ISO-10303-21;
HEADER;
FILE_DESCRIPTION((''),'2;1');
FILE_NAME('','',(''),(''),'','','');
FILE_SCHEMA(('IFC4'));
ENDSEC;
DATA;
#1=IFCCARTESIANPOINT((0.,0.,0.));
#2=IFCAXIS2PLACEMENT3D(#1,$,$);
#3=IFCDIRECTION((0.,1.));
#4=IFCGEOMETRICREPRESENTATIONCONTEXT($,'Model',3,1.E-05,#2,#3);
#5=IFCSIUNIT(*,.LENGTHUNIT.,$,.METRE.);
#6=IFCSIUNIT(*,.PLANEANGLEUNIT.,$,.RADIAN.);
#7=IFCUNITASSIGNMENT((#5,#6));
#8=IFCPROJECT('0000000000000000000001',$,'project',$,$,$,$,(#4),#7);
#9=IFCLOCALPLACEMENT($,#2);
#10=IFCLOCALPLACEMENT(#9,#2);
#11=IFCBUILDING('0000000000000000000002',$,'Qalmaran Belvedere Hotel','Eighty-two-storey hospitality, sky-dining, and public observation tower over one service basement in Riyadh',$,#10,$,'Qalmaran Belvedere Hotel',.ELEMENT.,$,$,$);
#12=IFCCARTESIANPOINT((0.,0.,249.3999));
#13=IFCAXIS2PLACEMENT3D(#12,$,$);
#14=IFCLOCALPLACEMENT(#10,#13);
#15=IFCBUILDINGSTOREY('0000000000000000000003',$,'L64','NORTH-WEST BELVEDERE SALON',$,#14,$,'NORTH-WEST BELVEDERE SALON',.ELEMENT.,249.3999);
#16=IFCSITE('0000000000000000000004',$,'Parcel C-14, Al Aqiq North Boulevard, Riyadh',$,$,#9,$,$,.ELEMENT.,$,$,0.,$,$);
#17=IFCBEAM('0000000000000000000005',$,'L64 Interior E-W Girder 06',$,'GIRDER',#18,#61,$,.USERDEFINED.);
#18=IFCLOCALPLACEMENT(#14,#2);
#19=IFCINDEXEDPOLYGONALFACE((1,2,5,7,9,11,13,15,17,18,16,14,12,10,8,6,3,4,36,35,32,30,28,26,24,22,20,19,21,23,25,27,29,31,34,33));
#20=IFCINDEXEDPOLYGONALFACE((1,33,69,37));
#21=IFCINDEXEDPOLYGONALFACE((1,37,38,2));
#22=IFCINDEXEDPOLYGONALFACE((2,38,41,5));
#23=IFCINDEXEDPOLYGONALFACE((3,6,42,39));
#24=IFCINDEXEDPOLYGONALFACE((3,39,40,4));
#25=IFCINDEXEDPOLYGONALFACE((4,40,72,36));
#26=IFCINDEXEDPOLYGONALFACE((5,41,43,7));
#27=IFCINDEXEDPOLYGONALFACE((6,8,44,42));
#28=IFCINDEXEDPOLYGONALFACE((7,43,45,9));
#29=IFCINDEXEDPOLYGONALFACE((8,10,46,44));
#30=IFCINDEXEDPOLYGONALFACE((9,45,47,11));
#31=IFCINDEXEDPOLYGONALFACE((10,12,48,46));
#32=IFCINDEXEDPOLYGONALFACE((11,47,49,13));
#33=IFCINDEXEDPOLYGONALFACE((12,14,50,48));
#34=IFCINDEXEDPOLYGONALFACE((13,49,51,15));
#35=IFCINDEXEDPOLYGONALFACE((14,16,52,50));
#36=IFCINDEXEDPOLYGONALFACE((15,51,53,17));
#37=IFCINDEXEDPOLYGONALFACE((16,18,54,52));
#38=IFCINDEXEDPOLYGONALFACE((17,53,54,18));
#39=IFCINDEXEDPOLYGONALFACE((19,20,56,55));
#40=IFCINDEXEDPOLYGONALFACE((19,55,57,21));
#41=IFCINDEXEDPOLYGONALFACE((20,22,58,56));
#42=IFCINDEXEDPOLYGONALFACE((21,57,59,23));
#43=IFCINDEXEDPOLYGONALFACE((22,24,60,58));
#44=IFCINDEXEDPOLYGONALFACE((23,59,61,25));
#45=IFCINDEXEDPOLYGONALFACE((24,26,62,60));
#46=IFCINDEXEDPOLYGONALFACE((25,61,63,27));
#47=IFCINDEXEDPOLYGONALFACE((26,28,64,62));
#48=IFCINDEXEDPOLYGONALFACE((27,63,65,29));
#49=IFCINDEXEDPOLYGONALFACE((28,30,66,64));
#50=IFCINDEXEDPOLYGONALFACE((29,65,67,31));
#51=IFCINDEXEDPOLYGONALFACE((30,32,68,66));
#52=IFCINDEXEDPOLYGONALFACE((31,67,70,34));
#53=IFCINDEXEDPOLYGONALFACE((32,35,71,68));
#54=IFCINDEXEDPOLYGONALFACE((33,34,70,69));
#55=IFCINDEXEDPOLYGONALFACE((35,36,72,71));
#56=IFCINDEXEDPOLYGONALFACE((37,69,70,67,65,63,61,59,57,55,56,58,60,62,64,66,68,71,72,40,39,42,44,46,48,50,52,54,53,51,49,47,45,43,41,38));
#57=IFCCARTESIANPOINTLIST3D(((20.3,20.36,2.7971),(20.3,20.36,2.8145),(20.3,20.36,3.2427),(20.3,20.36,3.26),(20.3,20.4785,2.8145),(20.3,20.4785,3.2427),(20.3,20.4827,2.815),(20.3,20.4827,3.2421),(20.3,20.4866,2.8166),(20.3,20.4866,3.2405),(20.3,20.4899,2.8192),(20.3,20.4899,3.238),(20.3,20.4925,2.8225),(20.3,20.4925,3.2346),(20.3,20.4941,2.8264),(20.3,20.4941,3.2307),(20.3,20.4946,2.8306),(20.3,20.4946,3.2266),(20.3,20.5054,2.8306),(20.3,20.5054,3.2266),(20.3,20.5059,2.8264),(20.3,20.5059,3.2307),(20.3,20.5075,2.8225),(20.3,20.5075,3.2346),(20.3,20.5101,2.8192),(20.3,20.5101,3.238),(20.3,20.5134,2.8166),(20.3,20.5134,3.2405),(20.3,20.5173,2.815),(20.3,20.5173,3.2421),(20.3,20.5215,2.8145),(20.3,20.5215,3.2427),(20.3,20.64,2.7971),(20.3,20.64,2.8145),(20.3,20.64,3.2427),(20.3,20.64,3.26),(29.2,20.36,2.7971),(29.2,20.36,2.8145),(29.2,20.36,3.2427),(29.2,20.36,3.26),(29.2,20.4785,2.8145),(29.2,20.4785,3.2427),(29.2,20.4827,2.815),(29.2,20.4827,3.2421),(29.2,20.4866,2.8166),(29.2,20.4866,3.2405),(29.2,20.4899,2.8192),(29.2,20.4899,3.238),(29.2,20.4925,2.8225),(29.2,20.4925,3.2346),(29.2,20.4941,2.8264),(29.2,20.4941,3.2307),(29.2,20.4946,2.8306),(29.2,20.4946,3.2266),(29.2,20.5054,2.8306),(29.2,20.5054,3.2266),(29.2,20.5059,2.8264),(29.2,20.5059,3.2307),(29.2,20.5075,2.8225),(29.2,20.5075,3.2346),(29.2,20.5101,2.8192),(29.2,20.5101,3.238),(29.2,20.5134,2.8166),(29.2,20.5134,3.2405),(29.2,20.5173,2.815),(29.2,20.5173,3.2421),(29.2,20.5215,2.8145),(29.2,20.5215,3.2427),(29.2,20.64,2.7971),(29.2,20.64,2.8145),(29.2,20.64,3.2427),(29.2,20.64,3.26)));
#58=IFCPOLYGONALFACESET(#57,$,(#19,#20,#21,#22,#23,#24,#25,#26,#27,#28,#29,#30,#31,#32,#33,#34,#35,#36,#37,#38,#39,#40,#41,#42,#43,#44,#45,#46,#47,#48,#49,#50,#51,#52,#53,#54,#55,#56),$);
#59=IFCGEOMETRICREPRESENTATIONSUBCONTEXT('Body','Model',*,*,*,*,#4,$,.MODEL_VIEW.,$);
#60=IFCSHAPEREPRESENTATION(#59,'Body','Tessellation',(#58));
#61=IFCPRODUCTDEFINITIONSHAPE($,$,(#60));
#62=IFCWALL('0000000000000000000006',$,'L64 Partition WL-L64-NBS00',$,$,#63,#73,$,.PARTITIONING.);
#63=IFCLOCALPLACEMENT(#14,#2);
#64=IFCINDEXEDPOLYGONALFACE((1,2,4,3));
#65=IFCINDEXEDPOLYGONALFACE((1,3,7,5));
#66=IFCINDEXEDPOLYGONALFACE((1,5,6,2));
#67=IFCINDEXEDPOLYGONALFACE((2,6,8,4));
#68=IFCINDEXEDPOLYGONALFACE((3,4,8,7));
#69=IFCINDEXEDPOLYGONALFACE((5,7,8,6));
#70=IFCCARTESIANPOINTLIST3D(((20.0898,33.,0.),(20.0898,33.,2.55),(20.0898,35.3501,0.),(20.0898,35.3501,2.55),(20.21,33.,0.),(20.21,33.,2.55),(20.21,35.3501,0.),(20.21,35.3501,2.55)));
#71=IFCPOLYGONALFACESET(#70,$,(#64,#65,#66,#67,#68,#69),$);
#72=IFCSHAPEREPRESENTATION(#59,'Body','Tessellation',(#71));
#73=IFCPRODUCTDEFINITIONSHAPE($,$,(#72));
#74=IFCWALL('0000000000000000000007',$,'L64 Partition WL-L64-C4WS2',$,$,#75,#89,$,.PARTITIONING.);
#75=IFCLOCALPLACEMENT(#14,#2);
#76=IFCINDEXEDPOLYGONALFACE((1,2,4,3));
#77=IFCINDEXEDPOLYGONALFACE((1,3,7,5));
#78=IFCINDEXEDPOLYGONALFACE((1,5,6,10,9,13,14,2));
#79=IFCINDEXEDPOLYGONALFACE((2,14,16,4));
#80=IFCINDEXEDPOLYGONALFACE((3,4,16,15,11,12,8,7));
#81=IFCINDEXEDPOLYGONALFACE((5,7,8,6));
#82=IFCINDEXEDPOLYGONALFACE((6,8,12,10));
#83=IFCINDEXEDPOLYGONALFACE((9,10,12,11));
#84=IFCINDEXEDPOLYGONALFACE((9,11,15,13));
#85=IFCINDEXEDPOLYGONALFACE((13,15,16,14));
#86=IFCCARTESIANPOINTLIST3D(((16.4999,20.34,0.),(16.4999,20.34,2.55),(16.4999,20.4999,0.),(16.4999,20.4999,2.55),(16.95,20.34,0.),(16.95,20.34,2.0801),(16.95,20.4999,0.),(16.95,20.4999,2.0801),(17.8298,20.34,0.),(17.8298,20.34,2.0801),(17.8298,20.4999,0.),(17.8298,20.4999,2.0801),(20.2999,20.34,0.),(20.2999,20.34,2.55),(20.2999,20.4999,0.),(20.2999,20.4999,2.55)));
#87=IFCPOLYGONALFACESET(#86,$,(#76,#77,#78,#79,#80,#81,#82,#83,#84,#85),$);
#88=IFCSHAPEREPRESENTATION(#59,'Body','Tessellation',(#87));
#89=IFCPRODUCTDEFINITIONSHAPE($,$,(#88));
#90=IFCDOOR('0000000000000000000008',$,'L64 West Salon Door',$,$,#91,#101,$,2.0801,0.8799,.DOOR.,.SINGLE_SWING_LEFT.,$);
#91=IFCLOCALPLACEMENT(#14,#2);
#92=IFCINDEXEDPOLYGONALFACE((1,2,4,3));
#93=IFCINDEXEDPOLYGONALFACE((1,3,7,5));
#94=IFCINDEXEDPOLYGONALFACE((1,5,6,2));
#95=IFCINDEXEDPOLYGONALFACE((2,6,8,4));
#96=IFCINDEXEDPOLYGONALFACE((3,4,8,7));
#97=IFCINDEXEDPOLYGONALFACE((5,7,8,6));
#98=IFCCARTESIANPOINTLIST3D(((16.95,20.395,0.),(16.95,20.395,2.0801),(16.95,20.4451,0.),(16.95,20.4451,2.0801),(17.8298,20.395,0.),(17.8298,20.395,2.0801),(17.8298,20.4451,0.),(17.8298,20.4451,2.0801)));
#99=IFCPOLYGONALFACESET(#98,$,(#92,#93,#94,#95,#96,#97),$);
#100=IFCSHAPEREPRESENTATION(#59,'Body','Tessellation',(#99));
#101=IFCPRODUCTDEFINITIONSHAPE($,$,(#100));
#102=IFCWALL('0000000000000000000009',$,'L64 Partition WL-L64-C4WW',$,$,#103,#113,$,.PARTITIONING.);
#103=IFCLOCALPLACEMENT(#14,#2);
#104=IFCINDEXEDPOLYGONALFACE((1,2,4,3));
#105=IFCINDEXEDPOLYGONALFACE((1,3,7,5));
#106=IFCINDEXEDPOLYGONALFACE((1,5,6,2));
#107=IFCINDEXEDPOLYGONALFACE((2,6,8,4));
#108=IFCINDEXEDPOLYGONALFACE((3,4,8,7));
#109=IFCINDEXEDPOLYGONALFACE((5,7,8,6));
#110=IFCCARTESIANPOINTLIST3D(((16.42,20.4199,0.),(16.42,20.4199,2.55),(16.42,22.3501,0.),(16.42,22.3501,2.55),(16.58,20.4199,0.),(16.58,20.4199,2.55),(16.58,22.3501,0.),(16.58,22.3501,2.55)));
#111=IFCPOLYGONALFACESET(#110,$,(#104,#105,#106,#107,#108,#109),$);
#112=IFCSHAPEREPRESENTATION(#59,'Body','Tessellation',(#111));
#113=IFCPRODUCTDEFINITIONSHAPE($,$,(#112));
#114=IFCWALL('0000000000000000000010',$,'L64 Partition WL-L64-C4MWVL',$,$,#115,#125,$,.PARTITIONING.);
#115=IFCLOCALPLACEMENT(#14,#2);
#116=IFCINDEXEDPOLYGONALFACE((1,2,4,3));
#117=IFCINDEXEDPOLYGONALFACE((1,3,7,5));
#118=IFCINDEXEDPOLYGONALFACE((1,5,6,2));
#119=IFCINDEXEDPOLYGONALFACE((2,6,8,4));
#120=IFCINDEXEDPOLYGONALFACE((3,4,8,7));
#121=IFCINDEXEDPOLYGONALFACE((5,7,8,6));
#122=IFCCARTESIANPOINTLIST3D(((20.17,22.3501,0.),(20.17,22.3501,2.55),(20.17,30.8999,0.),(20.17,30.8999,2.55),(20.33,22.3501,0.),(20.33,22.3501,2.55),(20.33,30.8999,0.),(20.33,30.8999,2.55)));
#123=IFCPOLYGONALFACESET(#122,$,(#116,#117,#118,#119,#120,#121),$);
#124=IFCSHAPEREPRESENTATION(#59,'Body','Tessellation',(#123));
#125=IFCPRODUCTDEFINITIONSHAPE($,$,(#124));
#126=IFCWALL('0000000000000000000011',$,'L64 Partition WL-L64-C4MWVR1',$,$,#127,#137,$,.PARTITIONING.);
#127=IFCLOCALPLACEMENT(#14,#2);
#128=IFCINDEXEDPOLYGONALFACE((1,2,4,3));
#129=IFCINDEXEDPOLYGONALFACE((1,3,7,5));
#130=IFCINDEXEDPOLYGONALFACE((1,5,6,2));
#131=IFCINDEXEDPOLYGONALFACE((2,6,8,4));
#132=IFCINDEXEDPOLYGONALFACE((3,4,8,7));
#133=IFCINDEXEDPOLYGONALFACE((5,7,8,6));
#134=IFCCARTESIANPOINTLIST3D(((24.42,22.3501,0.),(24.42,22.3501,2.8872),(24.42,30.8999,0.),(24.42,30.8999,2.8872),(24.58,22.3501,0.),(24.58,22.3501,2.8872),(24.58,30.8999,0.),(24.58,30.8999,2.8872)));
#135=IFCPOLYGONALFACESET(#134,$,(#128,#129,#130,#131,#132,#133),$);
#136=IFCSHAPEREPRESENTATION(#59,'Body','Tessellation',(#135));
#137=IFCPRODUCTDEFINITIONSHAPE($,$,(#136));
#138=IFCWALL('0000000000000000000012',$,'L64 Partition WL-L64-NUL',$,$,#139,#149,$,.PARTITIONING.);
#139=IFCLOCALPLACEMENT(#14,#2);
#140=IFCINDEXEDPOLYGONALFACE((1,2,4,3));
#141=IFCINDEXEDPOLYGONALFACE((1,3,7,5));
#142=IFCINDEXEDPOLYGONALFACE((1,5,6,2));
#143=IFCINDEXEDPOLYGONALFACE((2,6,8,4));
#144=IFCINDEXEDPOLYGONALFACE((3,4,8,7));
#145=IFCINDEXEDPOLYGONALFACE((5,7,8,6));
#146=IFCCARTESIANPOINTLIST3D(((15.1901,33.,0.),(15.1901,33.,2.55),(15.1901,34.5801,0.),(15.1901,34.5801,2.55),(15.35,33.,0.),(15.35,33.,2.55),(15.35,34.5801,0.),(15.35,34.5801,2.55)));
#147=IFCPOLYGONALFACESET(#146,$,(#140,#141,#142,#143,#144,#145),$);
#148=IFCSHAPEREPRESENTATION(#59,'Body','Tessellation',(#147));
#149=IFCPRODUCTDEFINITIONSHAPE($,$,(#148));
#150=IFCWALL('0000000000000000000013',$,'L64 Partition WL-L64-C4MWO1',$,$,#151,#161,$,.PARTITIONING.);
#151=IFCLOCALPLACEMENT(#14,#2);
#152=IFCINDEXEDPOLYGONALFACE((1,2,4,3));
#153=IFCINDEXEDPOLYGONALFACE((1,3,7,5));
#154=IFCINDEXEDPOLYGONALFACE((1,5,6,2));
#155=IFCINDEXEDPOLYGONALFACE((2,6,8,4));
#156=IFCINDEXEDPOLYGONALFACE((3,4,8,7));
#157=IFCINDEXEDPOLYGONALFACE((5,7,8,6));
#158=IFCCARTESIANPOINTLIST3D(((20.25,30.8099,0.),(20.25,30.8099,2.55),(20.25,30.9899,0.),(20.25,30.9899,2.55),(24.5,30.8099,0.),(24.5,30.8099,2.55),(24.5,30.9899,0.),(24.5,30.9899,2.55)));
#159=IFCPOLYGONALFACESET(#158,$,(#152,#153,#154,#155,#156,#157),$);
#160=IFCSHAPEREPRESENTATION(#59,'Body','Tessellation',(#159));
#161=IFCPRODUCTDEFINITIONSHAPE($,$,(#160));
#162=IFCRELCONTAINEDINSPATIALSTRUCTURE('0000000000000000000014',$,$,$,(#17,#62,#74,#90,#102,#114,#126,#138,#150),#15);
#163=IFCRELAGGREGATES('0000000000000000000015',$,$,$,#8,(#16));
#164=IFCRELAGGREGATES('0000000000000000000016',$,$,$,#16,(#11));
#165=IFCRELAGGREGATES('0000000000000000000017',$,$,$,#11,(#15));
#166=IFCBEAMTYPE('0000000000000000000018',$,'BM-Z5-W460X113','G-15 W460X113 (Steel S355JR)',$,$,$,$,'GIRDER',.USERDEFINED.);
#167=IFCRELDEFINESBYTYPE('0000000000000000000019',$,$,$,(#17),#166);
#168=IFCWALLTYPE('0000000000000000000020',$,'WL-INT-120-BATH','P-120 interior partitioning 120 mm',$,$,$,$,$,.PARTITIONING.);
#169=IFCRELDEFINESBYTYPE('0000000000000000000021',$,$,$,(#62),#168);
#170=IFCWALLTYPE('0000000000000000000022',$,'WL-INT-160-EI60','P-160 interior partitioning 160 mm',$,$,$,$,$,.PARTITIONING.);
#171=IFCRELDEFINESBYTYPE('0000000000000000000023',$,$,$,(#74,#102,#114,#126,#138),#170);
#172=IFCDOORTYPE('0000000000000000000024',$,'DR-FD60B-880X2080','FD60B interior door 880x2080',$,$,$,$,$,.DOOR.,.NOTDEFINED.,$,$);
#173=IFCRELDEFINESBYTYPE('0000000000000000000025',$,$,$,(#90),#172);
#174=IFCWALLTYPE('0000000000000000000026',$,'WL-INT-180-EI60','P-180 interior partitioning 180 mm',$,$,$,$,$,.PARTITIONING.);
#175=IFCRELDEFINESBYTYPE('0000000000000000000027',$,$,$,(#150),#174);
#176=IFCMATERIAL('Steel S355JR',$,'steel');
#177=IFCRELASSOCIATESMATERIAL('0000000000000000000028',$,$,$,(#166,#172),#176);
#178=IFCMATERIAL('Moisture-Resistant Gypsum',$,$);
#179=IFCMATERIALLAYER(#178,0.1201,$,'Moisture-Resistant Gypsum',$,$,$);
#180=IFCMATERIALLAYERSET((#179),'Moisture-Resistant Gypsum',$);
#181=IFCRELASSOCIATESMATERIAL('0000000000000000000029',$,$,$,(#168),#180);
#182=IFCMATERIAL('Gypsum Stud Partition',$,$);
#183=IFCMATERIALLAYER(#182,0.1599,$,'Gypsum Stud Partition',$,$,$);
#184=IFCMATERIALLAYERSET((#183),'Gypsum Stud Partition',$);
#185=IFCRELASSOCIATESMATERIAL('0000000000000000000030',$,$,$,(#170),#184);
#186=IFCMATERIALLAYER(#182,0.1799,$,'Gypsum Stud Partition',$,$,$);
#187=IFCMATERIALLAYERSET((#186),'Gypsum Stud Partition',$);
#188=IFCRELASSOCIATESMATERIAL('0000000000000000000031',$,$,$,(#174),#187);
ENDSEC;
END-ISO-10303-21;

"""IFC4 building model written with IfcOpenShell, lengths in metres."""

from ifc_helpers import new_model, si_unit, direction, frame, frame_2d, origin, origin_2d, place, context, subcontext, project, spatial, rectangle, i_section, extrude, material, layer, layer_set, material_profile, profile_set, type_object, element, fill, save


model = new_model("IFC4")

# Units and contexts
model_context = context("Model", 3, precision=1e-05, world=origin(), true_north=direction((0.0, 1.0)))
body_context = subcontext(model_context, "Body", "Model", "MODEL_VIEW")
ifc_project = project(units=[si_unit("LENGTHUNIT", "METRE"), si_unit("PLANEANGLEUNIT", "RADIAN")], contexts=[model_context])

# Site, building, storey
site_placement = place(None, origin())
site = spatial("IfcSite", under=ifc_project, at=site_placement, Name="Parcel C-14, Al Aqiq North Boulevard, Riyadh", CompositionType="ELEMENT", RefElevation=0.0)
building_placement = place(site_placement, origin())
building = spatial("IfcBuilding", under=site, at=building_placement, Name="Qalmaran Belvedere Hotel", Description="Eighty-two-storey hospitality, sky-dining, and public observation tower over one service basement in Riyadh", LongName="Qalmaran Belvedere Hotel", CompositionType="ELEMENT")
storey_placement = place(building_placement, frame((0.0, 0.0, 249.3999)))
storey = spatial("IfcBuildingStorey", under=building, at=storey_placement, Name="L64", Description="NORTH-WEST BELVEDERE SALON", LongName="NORTH-WEST BELVEDERE SALON", CompositionType="ELEMENT", Elevation=249.3999)

# Beam
ifc_material_1 = material(Name="Steel S355JR", Category="steel")
ifc_material_profile_1 = material_profile(ifc_material_1, i_section(OverallWidth=0.28, OverallDepth=0.4629, WebThickness=0.0107, FlangeThickness=0.0173, FilletRadius=0.0161, at=origin_2d()), Name="W460X113")
ifc_profile_set_1 = profile_set([ifc_material_profile_1], Name="Steel S355JR")
beam_type_1 = type_object("IfcBeamType", Name="BM-Z5-W460X113", Description="G-15 W460X113 (Steel S355JR)", ElementType="GIRDER", PredefinedType="USERDEFINED", material=ifc_profile_set_1)
beam_1_placement = place(storey_placement, frame((20.3, 20.5, 3.0286), z_axis=(1.0, 0.0, 0.0), x_axis=(0.0, 1.0, 0.0)))
element("IfcBeam", 1, at=beam_1_placement, inside=storey, type_object=beam_type_1, Name="L64 Interior E-W Girder 06", ObjectType="GIRDER", PredefinedType="USERDEFINED", context=body_context, shape_type="SweptSolid", body=[
    extrude(i_section(OverallWidth=0.28, OverallDepth=0.4629, WebThickness=0.0107, FlangeThickness=0.0173, FilletRadius=0.0161, at=origin_2d()), origin(), (0.0, 0.0, 1.0), 8.8999),
])

# Wall
ifc_material_2 = material(Name="Moisture-Resistant Gypsum")
ifc_layer_1 = layer(ifc_material_2, 0.1201, Name="Moisture-Resistant Gypsum")
ifc_layer_set_1 = layer_set([ifc_layer_1], Name="Moisture-Resistant Gypsum")
wall_type_1 = type_object("IfcWallType", Name="WL-INT-120-BATH", Description="P-120 interior partitioning 120 mm", PredefinedType="PARTITIONING", material=ifc_layer_set_1)
wall_1_placement = place(storey_placement, frame((20.1499, 33.0, 0.0), z_axis=(0.0, 0.0, 1.0), x_axis=(0.0, 1.0, 0.0)))
element("IfcWall", 2, at=wall_1_placement, inside=storey, type_object=wall_type_1, Name="L64 Partition WL-L64-NBS00", PredefinedType="PARTITIONING", context=body_context, shape_type="SweptSolid", body=[
    extrude(rectangle(XDim=2.3501, YDim=0.1201, at=frame_2d((1.175, 0.0))), origin(), (0.0, 0.0, 1.0), 2.55),
])

# Wall, opening, door
ifc_material_3 = material(Name="Gypsum Stud Partition")
ifc_layer_2 = layer(ifc_material_3, 0.1599, Name="Gypsum Stud Partition")
ifc_layer_set_2 = layer_set([ifc_layer_2], Name="Gypsum Stud Partition")
wall_type_2 = type_object("IfcWallType", Name="WL-INT-160-EI60", Description="P-160 interior partitioning 160 mm", PredefinedType="PARTITIONING", material=ifc_layer_set_2)
wall_2_placement = place(storey_placement, frame((16.5, 20.4199, 0.0), z_axis=(0.0, 0.0, 1.0), x_axis=(1.0, 0.0, 0.0)))
wall_2 = element("IfcWall", 3, at=wall_2_placement, inside=storey, type_object=wall_type_2, Name="L64 Partition WL-L64-C4WS2", PredefinedType="PARTITIONING", context=body_context, shape_type="SweptSolid", body=[
    extrude(rectangle(XDim=3.8, YDim=0.1599, at=frame_2d((1.8999, 0.0))), origin(), (0.0, 0.0, 1.0), 2.55),
])
opening_1_placement = place(wall_2_placement, frame((1.3298, 0.0, 0.0), z_axis=(0.0, 0.0, 1.0), x_axis=(-1.0, 0.0, 0.0)))
opening_1 = element("IfcOpeningElement", 4, at=opening_1_placement, cuts=wall_2, PredefinedType="OPENING", context=body_context, shape_type="SweptSolid", body=[
    extrude(rectangle(XDim=0.8799, YDim=2.0801, at=frame_2d((0.4399, 1.04))), frame((0.0, 0.0898, 0.0), z_axis=(0.0, -1.0, 0.0), x_axis=(1.0, 0.0, 0.0)), (0.0, 0.0, 1.0), 0.1799),
])
door_type_1 = type_object("IfcDoorType", Name="DR-FD60B-880X2080", Description="FD60B interior door 880x2080", OperationType="NOTDEFINED", PredefinedType="DOOR", material=ifc_material_1)
door_1_placement = place(opening_1_placement, origin())
door_1 = element("IfcDoor", 5, at=door_1_placement, inside=storey, type_object=door_type_1, Name="L64 West Salon Door", OperationType="SINGLE_SWING_LEFT", OverallHeight=2.0801, OverallWidth=0.8799, PredefinedType="DOOR", context=body_context, shape_type="SweptSolid", body=[
    extrude(rectangle(XDim=0.8799, YDim=2.0801, at=frame_2d((0.4399, 1.04))), frame((0.0, 0.0249, 0.0), z_axis=(0.0, -1.0, 0.0), x_axis=(1.0, 0.0, 0.0)), (0.0, 0.0, 1.0), 0.05),
])
fill(opening_1, door_1)

# Walls
wall_3_placement = place(storey_placement, frame((16.5, 20.4199, 0.0), z_axis=(0.0, 0.0, 1.0), x_axis=(0.0, 1.0, 0.0)))
element("IfcWall", 6, at=wall_3_placement, inside=storey, type_object=wall_type_2, Name="L64 Partition WL-L64-C4WW", PredefinedType="PARTITIONING", context=body_context, shape_type="SweptSolid", body=[
    extrude(rectangle(XDim=1.9302, YDim=0.1599, at=frame_2d((0.9651, 0.0))), origin(), (0.0, 0.0, 1.0), 2.55),
])
wall_4_placement = place(storey_placement, frame((20.25, 22.3501, 0.0), z_axis=(0.0, 0.0, 1.0), x_axis=(0.0, 1.0, 0.0)))
element("IfcWall", 7, at=wall_4_placement, inside=storey, type_object=wall_type_2, Name="L64 Partition WL-L64-C4MWVL", PredefinedType="PARTITIONING", context=body_context, shape_type="SweptSolid", body=[
    extrude(rectangle(XDim=8.5498, YDim=0.1599, at=frame_2d((4.2749, 0.0))), origin(), (0.0, 0.0, 1.0), 2.55),
])
wall_5_placement = place(storey_placement, frame((24.5, 22.3501, 0.0), z_axis=(0.0, 0.0, 1.0), x_axis=(0.0, 1.0, 0.0)))
element("IfcWall", 8, at=wall_5_placement, inside=storey, type_object=wall_type_2, Name="L64 Partition WL-L64-C4MWVR1", PredefinedType="PARTITIONING", context=body_context, shape_type="SweptSolid", body=[
    extrude(rectangle(XDim=8.5498, YDim=0.1599, at=frame_2d((4.2749, 0.0))), origin(), (0.0, 0.0, 1.0), 2.8872),
])
wall_6_placement = place(storey_placement, frame((15.27, 33.0, 0.0), z_axis=(0.0, 0.0, 1.0), x_axis=(0.0, 1.0, 0.0)))
element("IfcWall", 9, at=wall_6_placement, inside=storey, type_object=wall_type_2, Name="L64 Partition WL-L64-NUL", PredefinedType="PARTITIONING", context=body_context, shape_type="SweptSolid", body=[
    extrude(rectangle(XDim=1.5801, YDim=0.1599, at=frame_2d((0.79, 0.0))), origin(), (0.0, 0.0, 1.0), 2.55),
])

# Shared definitions
ifc_layer_3 = layer(ifc_material_3, 0.1799, Name="Gypsum Stud Partition")
ifc_layer_set_3 = layer_set([ifc_layer_3], Name="Gypsum Stud Partition")
wall_type_3 = type_object("IfcWallType", Name="WL-INT-180-EI60", Description="P-180 interior partitioning 180 mm", PredefinedType="PARTITIONING", material=ifc_layer_set_3)

# Wall
wall_7_placement = place(storey_placement, frame((20.25, 30.8999, 0.0), z_axis=(0.0, 0.0, 1.0), x_axis=(1.0, 0.0, 0.0)))
element("IfcWall", 10, at=wall_7_placement, inside=storey, type_object=wall_type_3, Name="L64 Partition WL-L64-C4MWO1", PredefinedType="PARTITIONING", context=body_context, shape_type="SweptSolid", body=[
    extrude(rectangle(XDim=4.25, YDim=0.1799, at=frame_2d((2.125, 0.0))), origin(), (0.0, 0.0, 1.0), 2.55),
])

save(model, "model.ifc")
